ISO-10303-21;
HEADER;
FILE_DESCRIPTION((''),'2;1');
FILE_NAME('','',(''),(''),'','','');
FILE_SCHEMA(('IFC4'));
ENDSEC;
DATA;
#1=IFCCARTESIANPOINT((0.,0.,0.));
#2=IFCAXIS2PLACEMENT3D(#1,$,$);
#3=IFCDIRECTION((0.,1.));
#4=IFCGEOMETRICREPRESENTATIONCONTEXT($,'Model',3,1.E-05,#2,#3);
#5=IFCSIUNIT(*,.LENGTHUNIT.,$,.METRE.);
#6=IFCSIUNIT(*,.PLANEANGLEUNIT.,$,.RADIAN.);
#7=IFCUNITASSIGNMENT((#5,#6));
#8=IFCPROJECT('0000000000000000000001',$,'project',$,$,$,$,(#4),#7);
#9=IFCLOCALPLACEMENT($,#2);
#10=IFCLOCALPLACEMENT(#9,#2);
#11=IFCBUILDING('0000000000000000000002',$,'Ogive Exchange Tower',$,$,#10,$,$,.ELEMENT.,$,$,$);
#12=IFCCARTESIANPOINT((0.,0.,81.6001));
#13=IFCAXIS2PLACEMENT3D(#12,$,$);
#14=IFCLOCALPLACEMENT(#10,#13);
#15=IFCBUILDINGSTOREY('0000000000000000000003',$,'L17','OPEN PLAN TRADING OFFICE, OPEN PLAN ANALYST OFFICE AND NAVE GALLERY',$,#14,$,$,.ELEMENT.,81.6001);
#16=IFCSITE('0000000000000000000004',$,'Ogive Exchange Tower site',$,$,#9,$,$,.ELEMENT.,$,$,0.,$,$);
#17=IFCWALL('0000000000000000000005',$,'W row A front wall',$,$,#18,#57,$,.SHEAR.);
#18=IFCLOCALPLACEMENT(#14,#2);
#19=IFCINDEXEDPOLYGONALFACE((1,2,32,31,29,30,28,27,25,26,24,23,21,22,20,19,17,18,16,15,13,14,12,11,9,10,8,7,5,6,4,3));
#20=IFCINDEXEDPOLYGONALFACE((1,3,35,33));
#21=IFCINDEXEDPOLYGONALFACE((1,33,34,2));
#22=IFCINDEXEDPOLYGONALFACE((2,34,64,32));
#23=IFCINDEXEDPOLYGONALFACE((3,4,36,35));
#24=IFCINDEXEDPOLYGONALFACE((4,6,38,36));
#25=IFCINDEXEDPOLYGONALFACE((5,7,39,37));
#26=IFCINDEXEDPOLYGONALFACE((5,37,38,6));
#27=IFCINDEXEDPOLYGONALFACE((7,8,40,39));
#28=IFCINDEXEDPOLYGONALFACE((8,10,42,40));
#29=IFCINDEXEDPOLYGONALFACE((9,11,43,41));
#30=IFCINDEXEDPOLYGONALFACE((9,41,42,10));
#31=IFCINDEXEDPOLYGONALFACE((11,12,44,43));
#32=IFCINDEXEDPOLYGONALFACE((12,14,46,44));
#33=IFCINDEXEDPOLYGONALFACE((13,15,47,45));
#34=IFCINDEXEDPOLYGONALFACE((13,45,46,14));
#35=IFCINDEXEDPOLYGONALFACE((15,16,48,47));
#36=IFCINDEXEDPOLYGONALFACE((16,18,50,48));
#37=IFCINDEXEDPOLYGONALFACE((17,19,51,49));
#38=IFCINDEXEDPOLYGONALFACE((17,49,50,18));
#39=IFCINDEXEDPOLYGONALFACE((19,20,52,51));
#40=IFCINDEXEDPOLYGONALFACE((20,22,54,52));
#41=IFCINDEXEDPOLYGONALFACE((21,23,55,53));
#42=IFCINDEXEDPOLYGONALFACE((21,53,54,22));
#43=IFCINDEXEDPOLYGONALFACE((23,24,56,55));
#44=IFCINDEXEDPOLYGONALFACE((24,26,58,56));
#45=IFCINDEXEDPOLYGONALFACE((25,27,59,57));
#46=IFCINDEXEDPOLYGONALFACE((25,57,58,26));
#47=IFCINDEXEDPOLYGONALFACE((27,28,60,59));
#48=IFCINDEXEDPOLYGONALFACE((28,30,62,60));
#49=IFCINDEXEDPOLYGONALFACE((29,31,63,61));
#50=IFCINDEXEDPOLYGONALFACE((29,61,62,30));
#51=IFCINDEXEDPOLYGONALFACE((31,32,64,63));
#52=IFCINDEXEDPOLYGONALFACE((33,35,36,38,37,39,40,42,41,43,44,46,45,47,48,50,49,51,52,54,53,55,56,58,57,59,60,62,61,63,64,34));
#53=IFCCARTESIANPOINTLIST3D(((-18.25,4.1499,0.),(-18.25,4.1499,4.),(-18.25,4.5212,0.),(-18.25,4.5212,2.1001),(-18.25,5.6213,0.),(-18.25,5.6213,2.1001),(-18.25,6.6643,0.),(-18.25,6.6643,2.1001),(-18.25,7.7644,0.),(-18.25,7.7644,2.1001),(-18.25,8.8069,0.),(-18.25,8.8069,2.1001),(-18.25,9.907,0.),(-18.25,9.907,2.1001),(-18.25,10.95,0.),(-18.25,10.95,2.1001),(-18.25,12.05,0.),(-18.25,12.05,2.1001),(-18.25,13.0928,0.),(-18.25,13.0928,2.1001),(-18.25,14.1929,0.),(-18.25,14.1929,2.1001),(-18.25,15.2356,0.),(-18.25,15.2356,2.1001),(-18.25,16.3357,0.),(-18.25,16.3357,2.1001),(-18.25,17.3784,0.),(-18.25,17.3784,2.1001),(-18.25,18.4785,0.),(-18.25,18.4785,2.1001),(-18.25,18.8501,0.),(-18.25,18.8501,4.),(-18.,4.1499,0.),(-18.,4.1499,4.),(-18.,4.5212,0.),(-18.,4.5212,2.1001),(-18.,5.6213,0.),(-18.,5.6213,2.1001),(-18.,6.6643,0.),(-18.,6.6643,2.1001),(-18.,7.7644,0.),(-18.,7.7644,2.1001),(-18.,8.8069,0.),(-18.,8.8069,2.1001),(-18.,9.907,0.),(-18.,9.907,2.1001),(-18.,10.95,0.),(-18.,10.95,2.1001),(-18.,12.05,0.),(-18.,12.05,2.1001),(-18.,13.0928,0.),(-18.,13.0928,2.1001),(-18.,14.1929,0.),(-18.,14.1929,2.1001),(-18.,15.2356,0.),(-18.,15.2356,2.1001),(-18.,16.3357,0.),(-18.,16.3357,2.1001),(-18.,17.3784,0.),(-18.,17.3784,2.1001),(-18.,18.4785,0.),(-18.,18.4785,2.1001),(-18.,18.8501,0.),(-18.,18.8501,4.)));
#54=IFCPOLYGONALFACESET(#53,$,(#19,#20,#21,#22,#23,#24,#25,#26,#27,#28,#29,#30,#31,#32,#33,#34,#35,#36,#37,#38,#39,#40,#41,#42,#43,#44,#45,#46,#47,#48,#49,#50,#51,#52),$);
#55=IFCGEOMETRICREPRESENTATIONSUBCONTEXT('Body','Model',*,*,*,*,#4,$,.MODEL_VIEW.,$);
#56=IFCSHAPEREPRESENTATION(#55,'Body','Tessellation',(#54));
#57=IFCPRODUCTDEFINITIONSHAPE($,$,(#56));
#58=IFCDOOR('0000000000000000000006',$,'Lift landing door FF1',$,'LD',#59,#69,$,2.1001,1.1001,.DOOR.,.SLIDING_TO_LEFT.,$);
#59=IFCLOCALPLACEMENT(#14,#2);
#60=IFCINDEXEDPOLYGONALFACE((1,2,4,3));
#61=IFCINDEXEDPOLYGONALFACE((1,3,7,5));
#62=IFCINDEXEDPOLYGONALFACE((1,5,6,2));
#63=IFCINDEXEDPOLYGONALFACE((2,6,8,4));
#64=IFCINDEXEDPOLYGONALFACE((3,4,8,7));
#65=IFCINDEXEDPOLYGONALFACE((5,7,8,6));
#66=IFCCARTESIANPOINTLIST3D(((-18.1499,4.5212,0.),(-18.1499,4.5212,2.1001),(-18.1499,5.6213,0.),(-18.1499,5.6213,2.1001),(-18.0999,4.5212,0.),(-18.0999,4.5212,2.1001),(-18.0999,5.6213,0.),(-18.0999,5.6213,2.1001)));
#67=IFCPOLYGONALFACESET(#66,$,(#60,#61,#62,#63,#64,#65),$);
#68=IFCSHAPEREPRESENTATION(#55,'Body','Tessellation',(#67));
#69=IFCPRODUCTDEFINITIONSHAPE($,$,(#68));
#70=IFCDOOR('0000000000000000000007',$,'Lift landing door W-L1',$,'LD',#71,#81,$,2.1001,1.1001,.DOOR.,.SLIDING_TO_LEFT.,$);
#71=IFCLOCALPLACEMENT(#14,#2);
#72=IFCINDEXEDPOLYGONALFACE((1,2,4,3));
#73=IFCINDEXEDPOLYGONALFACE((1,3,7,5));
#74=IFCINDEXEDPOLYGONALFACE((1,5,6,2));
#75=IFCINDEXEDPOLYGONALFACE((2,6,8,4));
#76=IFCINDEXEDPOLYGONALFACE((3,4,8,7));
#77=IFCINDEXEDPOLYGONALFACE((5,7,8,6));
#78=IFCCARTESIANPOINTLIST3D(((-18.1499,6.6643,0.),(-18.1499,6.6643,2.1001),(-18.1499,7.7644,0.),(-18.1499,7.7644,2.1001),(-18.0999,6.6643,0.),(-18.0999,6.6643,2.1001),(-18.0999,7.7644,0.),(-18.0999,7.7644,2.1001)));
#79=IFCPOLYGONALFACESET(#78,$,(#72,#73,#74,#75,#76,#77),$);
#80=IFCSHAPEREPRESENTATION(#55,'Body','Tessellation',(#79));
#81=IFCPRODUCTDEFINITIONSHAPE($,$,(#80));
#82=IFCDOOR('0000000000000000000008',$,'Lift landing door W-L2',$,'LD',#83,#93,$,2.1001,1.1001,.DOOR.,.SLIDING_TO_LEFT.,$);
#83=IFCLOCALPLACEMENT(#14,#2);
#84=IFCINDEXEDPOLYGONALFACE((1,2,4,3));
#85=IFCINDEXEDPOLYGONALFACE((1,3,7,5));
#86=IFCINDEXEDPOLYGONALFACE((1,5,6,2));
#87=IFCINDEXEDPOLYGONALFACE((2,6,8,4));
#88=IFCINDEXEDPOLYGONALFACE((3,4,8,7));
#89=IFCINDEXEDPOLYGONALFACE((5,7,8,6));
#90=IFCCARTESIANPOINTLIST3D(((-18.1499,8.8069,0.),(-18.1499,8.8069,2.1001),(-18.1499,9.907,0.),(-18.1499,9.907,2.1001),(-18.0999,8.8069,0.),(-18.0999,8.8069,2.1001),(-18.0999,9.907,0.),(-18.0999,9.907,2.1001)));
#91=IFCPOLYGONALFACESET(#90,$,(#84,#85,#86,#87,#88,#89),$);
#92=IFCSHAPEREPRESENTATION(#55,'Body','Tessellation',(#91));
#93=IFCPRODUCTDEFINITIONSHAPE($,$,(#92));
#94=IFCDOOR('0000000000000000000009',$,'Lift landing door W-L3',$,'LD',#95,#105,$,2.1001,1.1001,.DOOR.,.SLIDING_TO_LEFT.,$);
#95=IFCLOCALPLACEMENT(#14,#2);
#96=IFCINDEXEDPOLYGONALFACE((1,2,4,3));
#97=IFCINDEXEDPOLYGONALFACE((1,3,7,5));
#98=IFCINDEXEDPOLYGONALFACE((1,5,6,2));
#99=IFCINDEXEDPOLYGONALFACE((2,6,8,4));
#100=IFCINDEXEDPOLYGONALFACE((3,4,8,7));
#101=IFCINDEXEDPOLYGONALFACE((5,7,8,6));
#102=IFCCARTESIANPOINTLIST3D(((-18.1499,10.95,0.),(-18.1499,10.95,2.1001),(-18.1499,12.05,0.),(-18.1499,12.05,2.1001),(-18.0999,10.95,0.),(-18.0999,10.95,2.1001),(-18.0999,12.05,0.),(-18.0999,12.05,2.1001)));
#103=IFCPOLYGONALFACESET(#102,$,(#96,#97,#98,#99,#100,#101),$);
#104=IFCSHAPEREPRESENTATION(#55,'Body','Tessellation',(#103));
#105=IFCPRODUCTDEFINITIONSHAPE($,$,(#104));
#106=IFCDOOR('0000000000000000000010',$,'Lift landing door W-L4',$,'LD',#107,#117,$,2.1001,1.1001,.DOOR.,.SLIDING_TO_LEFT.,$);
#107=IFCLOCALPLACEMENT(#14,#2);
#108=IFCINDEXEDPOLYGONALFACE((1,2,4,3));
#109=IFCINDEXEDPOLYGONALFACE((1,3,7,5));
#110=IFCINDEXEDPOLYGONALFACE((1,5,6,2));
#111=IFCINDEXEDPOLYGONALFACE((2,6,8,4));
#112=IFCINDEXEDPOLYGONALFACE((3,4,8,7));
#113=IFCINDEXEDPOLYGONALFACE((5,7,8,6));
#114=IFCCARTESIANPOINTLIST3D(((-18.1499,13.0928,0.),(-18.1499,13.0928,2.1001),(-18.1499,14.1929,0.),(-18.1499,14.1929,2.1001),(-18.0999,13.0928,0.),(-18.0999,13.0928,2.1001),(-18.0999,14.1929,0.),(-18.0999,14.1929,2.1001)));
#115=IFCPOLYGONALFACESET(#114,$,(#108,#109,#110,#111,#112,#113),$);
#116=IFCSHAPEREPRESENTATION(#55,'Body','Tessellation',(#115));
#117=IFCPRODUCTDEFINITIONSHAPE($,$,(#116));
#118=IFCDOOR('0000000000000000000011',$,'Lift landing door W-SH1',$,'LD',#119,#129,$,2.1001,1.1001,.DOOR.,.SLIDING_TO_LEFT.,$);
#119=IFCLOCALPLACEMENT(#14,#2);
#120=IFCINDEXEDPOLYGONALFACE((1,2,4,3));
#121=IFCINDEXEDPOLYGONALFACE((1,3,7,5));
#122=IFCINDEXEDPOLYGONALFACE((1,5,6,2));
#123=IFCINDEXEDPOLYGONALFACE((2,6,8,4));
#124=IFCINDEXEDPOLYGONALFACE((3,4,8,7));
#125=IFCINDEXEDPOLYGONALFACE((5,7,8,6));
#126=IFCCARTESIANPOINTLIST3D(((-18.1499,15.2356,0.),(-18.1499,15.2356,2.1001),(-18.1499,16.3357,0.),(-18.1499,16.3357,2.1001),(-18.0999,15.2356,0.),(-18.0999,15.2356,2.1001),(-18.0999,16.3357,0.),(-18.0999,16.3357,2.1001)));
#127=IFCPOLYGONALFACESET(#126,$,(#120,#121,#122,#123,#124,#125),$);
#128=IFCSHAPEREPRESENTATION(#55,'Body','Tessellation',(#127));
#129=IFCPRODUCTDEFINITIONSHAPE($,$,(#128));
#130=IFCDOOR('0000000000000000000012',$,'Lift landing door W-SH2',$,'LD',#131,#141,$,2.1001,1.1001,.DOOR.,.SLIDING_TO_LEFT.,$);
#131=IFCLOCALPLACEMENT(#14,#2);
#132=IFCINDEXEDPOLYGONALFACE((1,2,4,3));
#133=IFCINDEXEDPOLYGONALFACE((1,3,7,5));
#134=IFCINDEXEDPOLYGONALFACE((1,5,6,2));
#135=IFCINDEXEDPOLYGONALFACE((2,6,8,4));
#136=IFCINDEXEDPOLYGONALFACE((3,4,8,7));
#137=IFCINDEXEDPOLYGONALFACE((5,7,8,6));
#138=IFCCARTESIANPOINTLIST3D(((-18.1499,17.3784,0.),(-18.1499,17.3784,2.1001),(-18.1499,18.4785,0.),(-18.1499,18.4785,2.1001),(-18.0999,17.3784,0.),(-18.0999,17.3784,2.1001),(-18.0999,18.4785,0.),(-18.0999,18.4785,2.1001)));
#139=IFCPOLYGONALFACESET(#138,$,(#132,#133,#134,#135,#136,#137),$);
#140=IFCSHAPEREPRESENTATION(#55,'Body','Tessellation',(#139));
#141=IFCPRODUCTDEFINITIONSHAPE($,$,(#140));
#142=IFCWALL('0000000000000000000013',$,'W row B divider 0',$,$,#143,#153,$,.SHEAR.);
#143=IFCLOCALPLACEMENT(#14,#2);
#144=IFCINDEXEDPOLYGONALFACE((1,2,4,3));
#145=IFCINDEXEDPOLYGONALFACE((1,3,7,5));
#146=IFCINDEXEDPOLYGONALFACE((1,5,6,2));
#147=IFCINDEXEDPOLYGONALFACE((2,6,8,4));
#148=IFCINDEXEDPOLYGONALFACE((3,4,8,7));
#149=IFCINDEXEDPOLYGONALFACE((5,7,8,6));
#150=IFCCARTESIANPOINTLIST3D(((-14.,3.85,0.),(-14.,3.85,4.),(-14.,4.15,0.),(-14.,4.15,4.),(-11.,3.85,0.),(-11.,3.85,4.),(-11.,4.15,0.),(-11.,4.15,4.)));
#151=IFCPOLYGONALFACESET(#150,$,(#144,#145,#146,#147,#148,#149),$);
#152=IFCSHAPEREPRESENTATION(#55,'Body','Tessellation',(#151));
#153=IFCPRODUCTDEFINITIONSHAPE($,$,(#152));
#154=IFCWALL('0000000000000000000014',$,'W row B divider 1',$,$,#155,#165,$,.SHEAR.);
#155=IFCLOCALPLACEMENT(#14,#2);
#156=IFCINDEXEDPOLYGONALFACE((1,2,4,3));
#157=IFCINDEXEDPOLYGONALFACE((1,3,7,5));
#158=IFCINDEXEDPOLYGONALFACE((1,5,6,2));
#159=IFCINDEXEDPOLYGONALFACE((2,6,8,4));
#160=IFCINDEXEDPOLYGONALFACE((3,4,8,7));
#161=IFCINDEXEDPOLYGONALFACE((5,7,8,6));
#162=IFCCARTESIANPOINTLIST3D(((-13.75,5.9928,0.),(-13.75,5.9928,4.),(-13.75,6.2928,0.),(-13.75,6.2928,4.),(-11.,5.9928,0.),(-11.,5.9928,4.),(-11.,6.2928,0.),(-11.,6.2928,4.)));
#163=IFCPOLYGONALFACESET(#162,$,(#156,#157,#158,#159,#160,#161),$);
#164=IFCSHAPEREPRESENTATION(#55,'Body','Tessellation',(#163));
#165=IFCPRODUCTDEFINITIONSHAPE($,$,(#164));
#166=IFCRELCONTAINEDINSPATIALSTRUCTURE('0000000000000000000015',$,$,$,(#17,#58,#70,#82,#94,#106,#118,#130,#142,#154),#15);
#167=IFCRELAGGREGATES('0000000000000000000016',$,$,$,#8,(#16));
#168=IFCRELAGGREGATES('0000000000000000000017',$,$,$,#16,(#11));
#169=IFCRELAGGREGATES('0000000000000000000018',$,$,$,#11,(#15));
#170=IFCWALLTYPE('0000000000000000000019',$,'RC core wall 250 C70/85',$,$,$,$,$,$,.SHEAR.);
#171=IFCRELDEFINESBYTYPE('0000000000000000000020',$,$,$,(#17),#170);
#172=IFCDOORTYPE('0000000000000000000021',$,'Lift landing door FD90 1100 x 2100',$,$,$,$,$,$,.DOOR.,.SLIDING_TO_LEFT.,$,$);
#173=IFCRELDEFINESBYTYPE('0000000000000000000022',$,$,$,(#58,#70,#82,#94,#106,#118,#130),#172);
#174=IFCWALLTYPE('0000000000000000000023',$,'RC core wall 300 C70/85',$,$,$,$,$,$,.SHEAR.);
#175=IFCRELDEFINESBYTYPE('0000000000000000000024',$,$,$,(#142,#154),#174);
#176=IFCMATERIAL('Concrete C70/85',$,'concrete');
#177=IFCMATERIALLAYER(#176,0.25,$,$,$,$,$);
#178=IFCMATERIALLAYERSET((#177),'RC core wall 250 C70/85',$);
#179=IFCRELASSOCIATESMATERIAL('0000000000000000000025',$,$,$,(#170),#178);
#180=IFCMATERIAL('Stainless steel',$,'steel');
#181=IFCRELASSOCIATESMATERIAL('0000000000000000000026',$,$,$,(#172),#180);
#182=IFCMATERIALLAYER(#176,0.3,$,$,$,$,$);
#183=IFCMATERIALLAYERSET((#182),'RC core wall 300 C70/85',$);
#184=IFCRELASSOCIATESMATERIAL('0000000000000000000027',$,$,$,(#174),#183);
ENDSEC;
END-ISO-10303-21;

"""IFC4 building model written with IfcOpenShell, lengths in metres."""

from ifc_helpers import new_model, si_unit, direction, frame, frame_2d, origin, place, context, subcontext, project, spatial, rectangle, extrude, material, layer, layer_set, type_object, element, fill, save


model = new_model("IFC4")

# Units and contexts
model_context = context("Model", 3, precision=1e-05, world=origin(), true_north=direction((0.0, 1.0)))
body_context = subcontext(model_context, "Body", "Model", "MODEL_VIEW")
ifc_project = project(units=[si_unit("LENGTHUNIT", "METRE"), si_unit("PLANEANGLEUNIT", "RADIAN")], contexts=[model_context])

# Site, building, storey
site_placement = place(None, origin())
site = spatial("IfcSite", under=ifc_project, at=site_placement, Name="Ogive Exchange Tower site", CompositionType="ELEMENT", RefElevation=0.0)
building_placement = place(site_placement, origin())
building = spatial("IfcBuilding", under=site, at=building_placement, Name="Ogive Exchange Tower", CompositionType="ELEMENT")
storey_placement = place(building_placement, frame((0.0, 0.0, 81.6001)))
storey = spatial("IfcBuildingStorey", under=building, at=storey_placement, Name="L17", Description="OPEN PLAN TRADING OFFICE, OPEN PLAN ANALYST OFFICE AND NAVE GALLERY", CompositionType="ELEMENT", Elevation=81.6001)

# Shared definitions
ifc_material_1 = material(Name="Concrete C70/85", Category="concrete")
ifc_layer_1 = layer(ifc_material_1, 0.25)
ifc_layer_set_1 = layer_set([ifc_layer_1], Name="RC core wall 250 C70/85")
wall_type_1 = type_object("IfcWallType", Name="RC core wall 250 C70/85", PredefinedType="SHEAR", material=ifc_layer_set_1)

# Wall, openings, doors
wall_1_placement = place(storey_placement, frame((-18.125, 4.1499, 0.0), z_axis=(0.0, 0.0, 1.0), x_axis=(0.0, 1.0, 0.0)))
wall_1 = element("IfcWall", 1, at=wall_1_placement, inside=storey, type_object=wall_type_1, Name="W row A front wall", PredefinedType="SHEAR", context=body_context, shape_type="SweptSolid", body=[
    extrude(rectangle(XDim=14.7002, YDim=0.25, at=frame_2d((7.3501, 0.0))), origin(), (0.0, 0.0, 1.0), 4.0),
])
opening_1_placement = place(wall_1_placement, frame((0.3713, 0.0, 0.0)))
opening_1 = element("IfcOpeningElement", 2, at=opening_1_placement, cuts=wall_1, PredefinedType="OPENING", context=body_context, shape_type="SweptSolid", body=[
    extrude(rectangle(XDim=1.1001, YDim=2.1001, at=frame_2d((0.55, 1.05))), frame((0.0, 0.135, 0.0), z_axis=(0.0, -1.0, 0.0), x_axis=(1.0, 0.0, 0.0)), (0.0, 0.0, 1.0), 0.27),
])
opening_2_placement = place(wall_1_placement, frame((2.5144, 0.0, 0.0)))
opening_2 = element("IfcOpeningElement", 3, at=opening_2_placement, cuts=wall_1, PredefinedType="OPENING", context=body_context, shape_type="SweptSolid", body=[
    extrude(rectangle(XDim=1.1001, YDim=2.1001, at=frame_2d((0.55, 1.05))), frame((0.0, 0.135, 0.0), z_axis=(0.0, -1.0, 0.0), x_axis=(1.0, 0.0, 0.0)), (0.0, 0.0, 1.0), 0.27),
])
opening_3_placement = place(wall_1_placement, frame((4.657, 0.0, 0.0)))
opening_3 = element("IfcOpeningElement", 4, at=opening_3_placement, cuts=wall_1, PredefinedType="OPENING", context=body_context, shape_type="SweptSolid", body=[
    extrude(rectangle(XDim=1.1001, YDim=2.1001, at=frame_2d((0.55, 1.05))), frame((0.0, 0.135, 0.0), z_axis=(0.0, -1.0, 0.0), x_axis=(1.0, 0.0, 0.0)), (0.0, 0.0, 1.0), 0.27),
])
opening_4_placement = place(wall_1_placement, frame((6.8, 0.0, 0.0)))
opening_4 = element("IfcOpeningElement", 5, at=opening_4_placement, cuts=wall_1, PredefinedType="OPENING", context=body_context, shape_type="SweptSolid", body=[
    extrude(rectangle(XDim=1.1001, YDim=2.1001, at=frame_2d((0.55, 1.05))), frame((0.0, 0.135, 0.0), z_axis=(0.0, -1.0, 0.0), x_axis=(1.0, 0.0, 0.0)), (0.0, 0.0, 1.0), 0.27),
])
opening_5_placement = place(wall_1_placement, frame((8.9429, 0.0, 0.0)))
opening_5 = element("IfcOpeningElement", 6, at=opening_5_placement, cuts=wall_1, PredefinedType="OPENING", context=body_context, shape_type="SweptSolid", body=[
    extrude(rectangle(XDim=1.1001, YDim=2.1001, at=frame_2d((0.55, 1.05))), frame((0.0, 0.135, 0.0), z_axis=(0.0, -1.0, 0.0), x_axis=(1.0, 0.0, 0.0)), (0.0, 0.0, 1.0), 0.27),
])
opening_6_placement = place(wall_1_placement, frame((11.0857, 0.0, 0.0)))
opening_6 = element("IfcOpeningElement", 7, at=opening_6_placement, cuts=wall_1, PredefinedType="OPENING", context=body_context, shape_type="SweptSolid", body=[
    extrude(rectangle(XDim=1.1001, YDim=2.1001, at=frame_2d((0.55, 1.05))), frame((0.0, 0.135, 0.0), z_axis=(0.0, -1.0, 0.0), x_axis=(1.0, 0.0, 0.0)), (0.0, 0.0, 1.0), 0.27),
])
opening_7_placement = place(wall_1_placement, frame((13.2285, 0.0, 0.0)))
opening_7 = element("IfcOpeningElement", 8, at=opening_7_placement, cuts=wall_1, PredefinedType="OPENING", context=body_context, shape_type="SweptSolid", body=[
    extrude(rectangle(XDim=1.1001, YDim=2.1001, at=frame_2d((0.55, 1.05))), frame((0.0, 0.135, 0.0), z_axis=(0.0, -1.0, 0.0), x_axis=(1.0, 0.0, 0.0)), (0.0, 0.0, 1.0), 0.27),
])
ifc_material_2 = material(Name="Stainless steel", Category="steel")
door_type_1 = type_object("IfcDoorType", Name="Lift landing door FD90 1100 x 2100", OperationType="SLIDING_TO_LEFT", PredefinedType="DOOR", material=ifc_material_2)
door_1_placement = place(opening_1_placement, origin())
door_1 = element("IfcDoor", 9, at=door_1_placement, inside=storey, type_object=door_type_1, Name="Lift landing door FF1", ObjectType="LD", OperationType="SLIDING_TO_LEFT", OverallHeight=2.1001, OverallWidth=1.1001, PredefinedType="DOOR", context=body_context, shape_type="SweptSolid", body=[
    extrude(rectangle(XDim=1.1001, YDim=2.1001, at=frame_2d((0.55, 1.05))), frame((0.0, 0.0249, 0.0), z_axis=(0.0, -1.0, 0.0), x_axis=(1.0, 0.0, 0.0)), (0.0, 0.0, 1.0), 0.05),
])
fill(opening_1, door_1)
door_2_placement = place(opening_2_placement, origin())
door_2 = element("IfcDoor", 10, at=door_2_placement, inside=storey, type_object=door_type_1, Name="Lift landing door W-L1", ObjectType="LD", OperationType="SLIDING_TO_LEFT", OverallHeight=2.1001, OverallWidth=1.1001, PredefinedType="DOOR", context=body_context, shape_type="SweptSolid", body=[
    extrude(rectangle(XDim=1.1001, YDim=2.1001, at=frame_2d((0.55, 1.05))), frame((0.0, 0.0249, 0.0), z_axis=(0.0, -1.0, 0.0), x_axis=(1.0, 0.0, 0.0)), (0.0, 0.0, 1.0), 0.05),
])
fill(opening_2, door_2)
door_3_placement = place(opening_3_placement, origin())
door_3 = element("IfcDoor", 11, at=door_3_placement, inside=storey, type_object=door_type_1, Name="Lift landing door W-L2", ObjectType="LD", OperationType="SLIDING_TO_LEFT", OverallHeight=2.1001, OverallWidth=1.1001, PredefinedType="DOOR", context=body_context, shape_type="SweptSolid", body=[
    extrude(rectangle(XDim=1.1001, YDim=2.1001, at=frame_2d((0.55, 1.05))), frame((0.0, 0.0249, 0.0), z_axis=(0.0, -1.0, 0.0), x_axis=(1.0, 0.0, 0.0)), (0.0, 0.0, 1.0), 0.05),
])
fill(opening_3, door_3)
door_4_placement = place(opening_4_placement, origin())
door_4 = element("IfcDoor", 12, at=door_4_placement, inside=storey, type_object=door_type_1, Name="Lift landing door W-L3", ObjectType="LD", OperationType="SLIDING_TO_LEFT", OverallHeight=2.1001, OverallWidth=1.1001, PredefinedType="DOOR", context=body_context, shape_type="SweptSolid", body=[
    extrude(rectangle(XDim=1.1001, YDim=2.1001, at=frame_2d((0.55, 1.05))), frame((0.0, 0.0249, 0.0), z_axis=(0.0, -1.0, 0.0), x_axis=(1.0, 0.0, 0.0)), (0.0, 0.0, 1.0), 0.05),
])
fill(opening_4, door_4)
door_5_placement = place(opening_5_placement, origin())
door_5 = element("IfcDoor", 13, at=door_5_placement, inside=storey, type_object=door_type_1, Name="Lift landing door W-L4", ObjectType="LD", OperationType="SLIDING_TO_LEFT", OverallHeight=2.1001, OverallWidth=1.1001, PredefinedType="DOOR", context=body_context, shape_type="SweptSolid", body=[
    extrude(rectangle(XDim=1.1001, YDim=2.1001, at=frame_2d((0.55, 1.05))), frame((0.0, 0.0249, 0.0), z_axis=(0.0, -1.0, 0.0), x_axis=(1.0, 0.0, 0.0)), (0.0, 0.0, 1.0), 0.05),
])
fill(opening_5, door_5)
door_6_placement = place(opening_6_placement, origin())
door_6 = element("IfcDoor", 14, at=door_6_placement, inside=storey, type_object=door_type_1, Name="Lift landing door W-SH1", ObjectType="LD", OperationType="SLIDING_TO_LEFT", OverallHeight=2.1001, OverallWidth=1.1001, PredefinedType="DOOR", context=body_context, shape_type="SweptSolid", body=[
    extrude(rectangle(XDim=1.1001, YDim=2.1001, at=frame_2d((0.55, 1.05))), frame((0.0, 0.0249, 0.0), z_axis=(0.0, -1.0, 0.0), x_axis=(1.0, 0.0, 0.0)), (0.0, 0.0, 1.0), 0.05),
])
fill(opening_6, door_6)
door_7_placement = place(opening_7_placement, origin())
door_7 = element("IfcDoor", 15, at=door_7_placement, inside=storey, type_object=door_type_1, Name="Lift landing door W-SH2", ObjectType="LD", OperationType="SLIDING_TO_LEFT", OverallHeight=2.1001, OverallWidth=1.1001, PredefinedType="DOOR", context=body_context, shape_type="SweptSolid", body=[
    extrude(rectangle(XDim=1.1001, YDim=2.1001, at=frame_2d((0.55, 1.05))), frame((0.0, 0.0249, 0.0), z_axis=(0.0, -1.0, 0.0), x_axis=(1.0, 0.0, 0.0)), (0.0, 0.0, 1.0), 0.05),
])
fill(opening_7, door_7)

# Walls
ifc_layer_2 = layer(ifc_material_1, 0.3)
ifc_layer_set_2 = layer_set([ifc_layer_2], Name="RC core wall 300 C70/85")
wall_type_2 = type_object("IfcWallType", Name="RC core wall 300 C70/85", PredefinedType="SHEAR", material=ifc_layer_set_2)
wall_2_placement = place(storey_placement, frame((-14.0, 4.0, 0.0), z_axis=(0.0, 0.0, 1.0), x_axis=(1.0, 0.0, 0.0)))
element("IfcWall", 16, at=wall_2_placement, inside=storey, type_object=wall_type_2, Name="W row B divider 0", PredefinedType="SHEAR", context=body_context, shape_type="SweptSolid", body=[
    extrude(rectangle(XDim=3.0, YDim=0.3, at=frame_2d((1.5, 0.0))), origin(), (0.0, 0.0, 1.0), 4.0),
])
wall_3_placement = place(storey_placement, frame((-13.75, 6.1428, 0.0), z_axis=(0.0, 0.0, 1.0), x_axis=(1.0, 0.0, 0.0)))
element("IfcWall", 17, at=wall_3_placement, inside=storey, type_object=wall_type_2, Name="W row B divider 1", PredefinedType="SHEAR", context=body_context, shape_type="SweptSolid", body=[
    extrude(rectangle(XDim=2.75, YDim=0.3, at=frame_2d((1.375, 0.0))), origin(), (0.0, 0.0, 1.0), 4.0),
])

save(model, "model.ifc")
